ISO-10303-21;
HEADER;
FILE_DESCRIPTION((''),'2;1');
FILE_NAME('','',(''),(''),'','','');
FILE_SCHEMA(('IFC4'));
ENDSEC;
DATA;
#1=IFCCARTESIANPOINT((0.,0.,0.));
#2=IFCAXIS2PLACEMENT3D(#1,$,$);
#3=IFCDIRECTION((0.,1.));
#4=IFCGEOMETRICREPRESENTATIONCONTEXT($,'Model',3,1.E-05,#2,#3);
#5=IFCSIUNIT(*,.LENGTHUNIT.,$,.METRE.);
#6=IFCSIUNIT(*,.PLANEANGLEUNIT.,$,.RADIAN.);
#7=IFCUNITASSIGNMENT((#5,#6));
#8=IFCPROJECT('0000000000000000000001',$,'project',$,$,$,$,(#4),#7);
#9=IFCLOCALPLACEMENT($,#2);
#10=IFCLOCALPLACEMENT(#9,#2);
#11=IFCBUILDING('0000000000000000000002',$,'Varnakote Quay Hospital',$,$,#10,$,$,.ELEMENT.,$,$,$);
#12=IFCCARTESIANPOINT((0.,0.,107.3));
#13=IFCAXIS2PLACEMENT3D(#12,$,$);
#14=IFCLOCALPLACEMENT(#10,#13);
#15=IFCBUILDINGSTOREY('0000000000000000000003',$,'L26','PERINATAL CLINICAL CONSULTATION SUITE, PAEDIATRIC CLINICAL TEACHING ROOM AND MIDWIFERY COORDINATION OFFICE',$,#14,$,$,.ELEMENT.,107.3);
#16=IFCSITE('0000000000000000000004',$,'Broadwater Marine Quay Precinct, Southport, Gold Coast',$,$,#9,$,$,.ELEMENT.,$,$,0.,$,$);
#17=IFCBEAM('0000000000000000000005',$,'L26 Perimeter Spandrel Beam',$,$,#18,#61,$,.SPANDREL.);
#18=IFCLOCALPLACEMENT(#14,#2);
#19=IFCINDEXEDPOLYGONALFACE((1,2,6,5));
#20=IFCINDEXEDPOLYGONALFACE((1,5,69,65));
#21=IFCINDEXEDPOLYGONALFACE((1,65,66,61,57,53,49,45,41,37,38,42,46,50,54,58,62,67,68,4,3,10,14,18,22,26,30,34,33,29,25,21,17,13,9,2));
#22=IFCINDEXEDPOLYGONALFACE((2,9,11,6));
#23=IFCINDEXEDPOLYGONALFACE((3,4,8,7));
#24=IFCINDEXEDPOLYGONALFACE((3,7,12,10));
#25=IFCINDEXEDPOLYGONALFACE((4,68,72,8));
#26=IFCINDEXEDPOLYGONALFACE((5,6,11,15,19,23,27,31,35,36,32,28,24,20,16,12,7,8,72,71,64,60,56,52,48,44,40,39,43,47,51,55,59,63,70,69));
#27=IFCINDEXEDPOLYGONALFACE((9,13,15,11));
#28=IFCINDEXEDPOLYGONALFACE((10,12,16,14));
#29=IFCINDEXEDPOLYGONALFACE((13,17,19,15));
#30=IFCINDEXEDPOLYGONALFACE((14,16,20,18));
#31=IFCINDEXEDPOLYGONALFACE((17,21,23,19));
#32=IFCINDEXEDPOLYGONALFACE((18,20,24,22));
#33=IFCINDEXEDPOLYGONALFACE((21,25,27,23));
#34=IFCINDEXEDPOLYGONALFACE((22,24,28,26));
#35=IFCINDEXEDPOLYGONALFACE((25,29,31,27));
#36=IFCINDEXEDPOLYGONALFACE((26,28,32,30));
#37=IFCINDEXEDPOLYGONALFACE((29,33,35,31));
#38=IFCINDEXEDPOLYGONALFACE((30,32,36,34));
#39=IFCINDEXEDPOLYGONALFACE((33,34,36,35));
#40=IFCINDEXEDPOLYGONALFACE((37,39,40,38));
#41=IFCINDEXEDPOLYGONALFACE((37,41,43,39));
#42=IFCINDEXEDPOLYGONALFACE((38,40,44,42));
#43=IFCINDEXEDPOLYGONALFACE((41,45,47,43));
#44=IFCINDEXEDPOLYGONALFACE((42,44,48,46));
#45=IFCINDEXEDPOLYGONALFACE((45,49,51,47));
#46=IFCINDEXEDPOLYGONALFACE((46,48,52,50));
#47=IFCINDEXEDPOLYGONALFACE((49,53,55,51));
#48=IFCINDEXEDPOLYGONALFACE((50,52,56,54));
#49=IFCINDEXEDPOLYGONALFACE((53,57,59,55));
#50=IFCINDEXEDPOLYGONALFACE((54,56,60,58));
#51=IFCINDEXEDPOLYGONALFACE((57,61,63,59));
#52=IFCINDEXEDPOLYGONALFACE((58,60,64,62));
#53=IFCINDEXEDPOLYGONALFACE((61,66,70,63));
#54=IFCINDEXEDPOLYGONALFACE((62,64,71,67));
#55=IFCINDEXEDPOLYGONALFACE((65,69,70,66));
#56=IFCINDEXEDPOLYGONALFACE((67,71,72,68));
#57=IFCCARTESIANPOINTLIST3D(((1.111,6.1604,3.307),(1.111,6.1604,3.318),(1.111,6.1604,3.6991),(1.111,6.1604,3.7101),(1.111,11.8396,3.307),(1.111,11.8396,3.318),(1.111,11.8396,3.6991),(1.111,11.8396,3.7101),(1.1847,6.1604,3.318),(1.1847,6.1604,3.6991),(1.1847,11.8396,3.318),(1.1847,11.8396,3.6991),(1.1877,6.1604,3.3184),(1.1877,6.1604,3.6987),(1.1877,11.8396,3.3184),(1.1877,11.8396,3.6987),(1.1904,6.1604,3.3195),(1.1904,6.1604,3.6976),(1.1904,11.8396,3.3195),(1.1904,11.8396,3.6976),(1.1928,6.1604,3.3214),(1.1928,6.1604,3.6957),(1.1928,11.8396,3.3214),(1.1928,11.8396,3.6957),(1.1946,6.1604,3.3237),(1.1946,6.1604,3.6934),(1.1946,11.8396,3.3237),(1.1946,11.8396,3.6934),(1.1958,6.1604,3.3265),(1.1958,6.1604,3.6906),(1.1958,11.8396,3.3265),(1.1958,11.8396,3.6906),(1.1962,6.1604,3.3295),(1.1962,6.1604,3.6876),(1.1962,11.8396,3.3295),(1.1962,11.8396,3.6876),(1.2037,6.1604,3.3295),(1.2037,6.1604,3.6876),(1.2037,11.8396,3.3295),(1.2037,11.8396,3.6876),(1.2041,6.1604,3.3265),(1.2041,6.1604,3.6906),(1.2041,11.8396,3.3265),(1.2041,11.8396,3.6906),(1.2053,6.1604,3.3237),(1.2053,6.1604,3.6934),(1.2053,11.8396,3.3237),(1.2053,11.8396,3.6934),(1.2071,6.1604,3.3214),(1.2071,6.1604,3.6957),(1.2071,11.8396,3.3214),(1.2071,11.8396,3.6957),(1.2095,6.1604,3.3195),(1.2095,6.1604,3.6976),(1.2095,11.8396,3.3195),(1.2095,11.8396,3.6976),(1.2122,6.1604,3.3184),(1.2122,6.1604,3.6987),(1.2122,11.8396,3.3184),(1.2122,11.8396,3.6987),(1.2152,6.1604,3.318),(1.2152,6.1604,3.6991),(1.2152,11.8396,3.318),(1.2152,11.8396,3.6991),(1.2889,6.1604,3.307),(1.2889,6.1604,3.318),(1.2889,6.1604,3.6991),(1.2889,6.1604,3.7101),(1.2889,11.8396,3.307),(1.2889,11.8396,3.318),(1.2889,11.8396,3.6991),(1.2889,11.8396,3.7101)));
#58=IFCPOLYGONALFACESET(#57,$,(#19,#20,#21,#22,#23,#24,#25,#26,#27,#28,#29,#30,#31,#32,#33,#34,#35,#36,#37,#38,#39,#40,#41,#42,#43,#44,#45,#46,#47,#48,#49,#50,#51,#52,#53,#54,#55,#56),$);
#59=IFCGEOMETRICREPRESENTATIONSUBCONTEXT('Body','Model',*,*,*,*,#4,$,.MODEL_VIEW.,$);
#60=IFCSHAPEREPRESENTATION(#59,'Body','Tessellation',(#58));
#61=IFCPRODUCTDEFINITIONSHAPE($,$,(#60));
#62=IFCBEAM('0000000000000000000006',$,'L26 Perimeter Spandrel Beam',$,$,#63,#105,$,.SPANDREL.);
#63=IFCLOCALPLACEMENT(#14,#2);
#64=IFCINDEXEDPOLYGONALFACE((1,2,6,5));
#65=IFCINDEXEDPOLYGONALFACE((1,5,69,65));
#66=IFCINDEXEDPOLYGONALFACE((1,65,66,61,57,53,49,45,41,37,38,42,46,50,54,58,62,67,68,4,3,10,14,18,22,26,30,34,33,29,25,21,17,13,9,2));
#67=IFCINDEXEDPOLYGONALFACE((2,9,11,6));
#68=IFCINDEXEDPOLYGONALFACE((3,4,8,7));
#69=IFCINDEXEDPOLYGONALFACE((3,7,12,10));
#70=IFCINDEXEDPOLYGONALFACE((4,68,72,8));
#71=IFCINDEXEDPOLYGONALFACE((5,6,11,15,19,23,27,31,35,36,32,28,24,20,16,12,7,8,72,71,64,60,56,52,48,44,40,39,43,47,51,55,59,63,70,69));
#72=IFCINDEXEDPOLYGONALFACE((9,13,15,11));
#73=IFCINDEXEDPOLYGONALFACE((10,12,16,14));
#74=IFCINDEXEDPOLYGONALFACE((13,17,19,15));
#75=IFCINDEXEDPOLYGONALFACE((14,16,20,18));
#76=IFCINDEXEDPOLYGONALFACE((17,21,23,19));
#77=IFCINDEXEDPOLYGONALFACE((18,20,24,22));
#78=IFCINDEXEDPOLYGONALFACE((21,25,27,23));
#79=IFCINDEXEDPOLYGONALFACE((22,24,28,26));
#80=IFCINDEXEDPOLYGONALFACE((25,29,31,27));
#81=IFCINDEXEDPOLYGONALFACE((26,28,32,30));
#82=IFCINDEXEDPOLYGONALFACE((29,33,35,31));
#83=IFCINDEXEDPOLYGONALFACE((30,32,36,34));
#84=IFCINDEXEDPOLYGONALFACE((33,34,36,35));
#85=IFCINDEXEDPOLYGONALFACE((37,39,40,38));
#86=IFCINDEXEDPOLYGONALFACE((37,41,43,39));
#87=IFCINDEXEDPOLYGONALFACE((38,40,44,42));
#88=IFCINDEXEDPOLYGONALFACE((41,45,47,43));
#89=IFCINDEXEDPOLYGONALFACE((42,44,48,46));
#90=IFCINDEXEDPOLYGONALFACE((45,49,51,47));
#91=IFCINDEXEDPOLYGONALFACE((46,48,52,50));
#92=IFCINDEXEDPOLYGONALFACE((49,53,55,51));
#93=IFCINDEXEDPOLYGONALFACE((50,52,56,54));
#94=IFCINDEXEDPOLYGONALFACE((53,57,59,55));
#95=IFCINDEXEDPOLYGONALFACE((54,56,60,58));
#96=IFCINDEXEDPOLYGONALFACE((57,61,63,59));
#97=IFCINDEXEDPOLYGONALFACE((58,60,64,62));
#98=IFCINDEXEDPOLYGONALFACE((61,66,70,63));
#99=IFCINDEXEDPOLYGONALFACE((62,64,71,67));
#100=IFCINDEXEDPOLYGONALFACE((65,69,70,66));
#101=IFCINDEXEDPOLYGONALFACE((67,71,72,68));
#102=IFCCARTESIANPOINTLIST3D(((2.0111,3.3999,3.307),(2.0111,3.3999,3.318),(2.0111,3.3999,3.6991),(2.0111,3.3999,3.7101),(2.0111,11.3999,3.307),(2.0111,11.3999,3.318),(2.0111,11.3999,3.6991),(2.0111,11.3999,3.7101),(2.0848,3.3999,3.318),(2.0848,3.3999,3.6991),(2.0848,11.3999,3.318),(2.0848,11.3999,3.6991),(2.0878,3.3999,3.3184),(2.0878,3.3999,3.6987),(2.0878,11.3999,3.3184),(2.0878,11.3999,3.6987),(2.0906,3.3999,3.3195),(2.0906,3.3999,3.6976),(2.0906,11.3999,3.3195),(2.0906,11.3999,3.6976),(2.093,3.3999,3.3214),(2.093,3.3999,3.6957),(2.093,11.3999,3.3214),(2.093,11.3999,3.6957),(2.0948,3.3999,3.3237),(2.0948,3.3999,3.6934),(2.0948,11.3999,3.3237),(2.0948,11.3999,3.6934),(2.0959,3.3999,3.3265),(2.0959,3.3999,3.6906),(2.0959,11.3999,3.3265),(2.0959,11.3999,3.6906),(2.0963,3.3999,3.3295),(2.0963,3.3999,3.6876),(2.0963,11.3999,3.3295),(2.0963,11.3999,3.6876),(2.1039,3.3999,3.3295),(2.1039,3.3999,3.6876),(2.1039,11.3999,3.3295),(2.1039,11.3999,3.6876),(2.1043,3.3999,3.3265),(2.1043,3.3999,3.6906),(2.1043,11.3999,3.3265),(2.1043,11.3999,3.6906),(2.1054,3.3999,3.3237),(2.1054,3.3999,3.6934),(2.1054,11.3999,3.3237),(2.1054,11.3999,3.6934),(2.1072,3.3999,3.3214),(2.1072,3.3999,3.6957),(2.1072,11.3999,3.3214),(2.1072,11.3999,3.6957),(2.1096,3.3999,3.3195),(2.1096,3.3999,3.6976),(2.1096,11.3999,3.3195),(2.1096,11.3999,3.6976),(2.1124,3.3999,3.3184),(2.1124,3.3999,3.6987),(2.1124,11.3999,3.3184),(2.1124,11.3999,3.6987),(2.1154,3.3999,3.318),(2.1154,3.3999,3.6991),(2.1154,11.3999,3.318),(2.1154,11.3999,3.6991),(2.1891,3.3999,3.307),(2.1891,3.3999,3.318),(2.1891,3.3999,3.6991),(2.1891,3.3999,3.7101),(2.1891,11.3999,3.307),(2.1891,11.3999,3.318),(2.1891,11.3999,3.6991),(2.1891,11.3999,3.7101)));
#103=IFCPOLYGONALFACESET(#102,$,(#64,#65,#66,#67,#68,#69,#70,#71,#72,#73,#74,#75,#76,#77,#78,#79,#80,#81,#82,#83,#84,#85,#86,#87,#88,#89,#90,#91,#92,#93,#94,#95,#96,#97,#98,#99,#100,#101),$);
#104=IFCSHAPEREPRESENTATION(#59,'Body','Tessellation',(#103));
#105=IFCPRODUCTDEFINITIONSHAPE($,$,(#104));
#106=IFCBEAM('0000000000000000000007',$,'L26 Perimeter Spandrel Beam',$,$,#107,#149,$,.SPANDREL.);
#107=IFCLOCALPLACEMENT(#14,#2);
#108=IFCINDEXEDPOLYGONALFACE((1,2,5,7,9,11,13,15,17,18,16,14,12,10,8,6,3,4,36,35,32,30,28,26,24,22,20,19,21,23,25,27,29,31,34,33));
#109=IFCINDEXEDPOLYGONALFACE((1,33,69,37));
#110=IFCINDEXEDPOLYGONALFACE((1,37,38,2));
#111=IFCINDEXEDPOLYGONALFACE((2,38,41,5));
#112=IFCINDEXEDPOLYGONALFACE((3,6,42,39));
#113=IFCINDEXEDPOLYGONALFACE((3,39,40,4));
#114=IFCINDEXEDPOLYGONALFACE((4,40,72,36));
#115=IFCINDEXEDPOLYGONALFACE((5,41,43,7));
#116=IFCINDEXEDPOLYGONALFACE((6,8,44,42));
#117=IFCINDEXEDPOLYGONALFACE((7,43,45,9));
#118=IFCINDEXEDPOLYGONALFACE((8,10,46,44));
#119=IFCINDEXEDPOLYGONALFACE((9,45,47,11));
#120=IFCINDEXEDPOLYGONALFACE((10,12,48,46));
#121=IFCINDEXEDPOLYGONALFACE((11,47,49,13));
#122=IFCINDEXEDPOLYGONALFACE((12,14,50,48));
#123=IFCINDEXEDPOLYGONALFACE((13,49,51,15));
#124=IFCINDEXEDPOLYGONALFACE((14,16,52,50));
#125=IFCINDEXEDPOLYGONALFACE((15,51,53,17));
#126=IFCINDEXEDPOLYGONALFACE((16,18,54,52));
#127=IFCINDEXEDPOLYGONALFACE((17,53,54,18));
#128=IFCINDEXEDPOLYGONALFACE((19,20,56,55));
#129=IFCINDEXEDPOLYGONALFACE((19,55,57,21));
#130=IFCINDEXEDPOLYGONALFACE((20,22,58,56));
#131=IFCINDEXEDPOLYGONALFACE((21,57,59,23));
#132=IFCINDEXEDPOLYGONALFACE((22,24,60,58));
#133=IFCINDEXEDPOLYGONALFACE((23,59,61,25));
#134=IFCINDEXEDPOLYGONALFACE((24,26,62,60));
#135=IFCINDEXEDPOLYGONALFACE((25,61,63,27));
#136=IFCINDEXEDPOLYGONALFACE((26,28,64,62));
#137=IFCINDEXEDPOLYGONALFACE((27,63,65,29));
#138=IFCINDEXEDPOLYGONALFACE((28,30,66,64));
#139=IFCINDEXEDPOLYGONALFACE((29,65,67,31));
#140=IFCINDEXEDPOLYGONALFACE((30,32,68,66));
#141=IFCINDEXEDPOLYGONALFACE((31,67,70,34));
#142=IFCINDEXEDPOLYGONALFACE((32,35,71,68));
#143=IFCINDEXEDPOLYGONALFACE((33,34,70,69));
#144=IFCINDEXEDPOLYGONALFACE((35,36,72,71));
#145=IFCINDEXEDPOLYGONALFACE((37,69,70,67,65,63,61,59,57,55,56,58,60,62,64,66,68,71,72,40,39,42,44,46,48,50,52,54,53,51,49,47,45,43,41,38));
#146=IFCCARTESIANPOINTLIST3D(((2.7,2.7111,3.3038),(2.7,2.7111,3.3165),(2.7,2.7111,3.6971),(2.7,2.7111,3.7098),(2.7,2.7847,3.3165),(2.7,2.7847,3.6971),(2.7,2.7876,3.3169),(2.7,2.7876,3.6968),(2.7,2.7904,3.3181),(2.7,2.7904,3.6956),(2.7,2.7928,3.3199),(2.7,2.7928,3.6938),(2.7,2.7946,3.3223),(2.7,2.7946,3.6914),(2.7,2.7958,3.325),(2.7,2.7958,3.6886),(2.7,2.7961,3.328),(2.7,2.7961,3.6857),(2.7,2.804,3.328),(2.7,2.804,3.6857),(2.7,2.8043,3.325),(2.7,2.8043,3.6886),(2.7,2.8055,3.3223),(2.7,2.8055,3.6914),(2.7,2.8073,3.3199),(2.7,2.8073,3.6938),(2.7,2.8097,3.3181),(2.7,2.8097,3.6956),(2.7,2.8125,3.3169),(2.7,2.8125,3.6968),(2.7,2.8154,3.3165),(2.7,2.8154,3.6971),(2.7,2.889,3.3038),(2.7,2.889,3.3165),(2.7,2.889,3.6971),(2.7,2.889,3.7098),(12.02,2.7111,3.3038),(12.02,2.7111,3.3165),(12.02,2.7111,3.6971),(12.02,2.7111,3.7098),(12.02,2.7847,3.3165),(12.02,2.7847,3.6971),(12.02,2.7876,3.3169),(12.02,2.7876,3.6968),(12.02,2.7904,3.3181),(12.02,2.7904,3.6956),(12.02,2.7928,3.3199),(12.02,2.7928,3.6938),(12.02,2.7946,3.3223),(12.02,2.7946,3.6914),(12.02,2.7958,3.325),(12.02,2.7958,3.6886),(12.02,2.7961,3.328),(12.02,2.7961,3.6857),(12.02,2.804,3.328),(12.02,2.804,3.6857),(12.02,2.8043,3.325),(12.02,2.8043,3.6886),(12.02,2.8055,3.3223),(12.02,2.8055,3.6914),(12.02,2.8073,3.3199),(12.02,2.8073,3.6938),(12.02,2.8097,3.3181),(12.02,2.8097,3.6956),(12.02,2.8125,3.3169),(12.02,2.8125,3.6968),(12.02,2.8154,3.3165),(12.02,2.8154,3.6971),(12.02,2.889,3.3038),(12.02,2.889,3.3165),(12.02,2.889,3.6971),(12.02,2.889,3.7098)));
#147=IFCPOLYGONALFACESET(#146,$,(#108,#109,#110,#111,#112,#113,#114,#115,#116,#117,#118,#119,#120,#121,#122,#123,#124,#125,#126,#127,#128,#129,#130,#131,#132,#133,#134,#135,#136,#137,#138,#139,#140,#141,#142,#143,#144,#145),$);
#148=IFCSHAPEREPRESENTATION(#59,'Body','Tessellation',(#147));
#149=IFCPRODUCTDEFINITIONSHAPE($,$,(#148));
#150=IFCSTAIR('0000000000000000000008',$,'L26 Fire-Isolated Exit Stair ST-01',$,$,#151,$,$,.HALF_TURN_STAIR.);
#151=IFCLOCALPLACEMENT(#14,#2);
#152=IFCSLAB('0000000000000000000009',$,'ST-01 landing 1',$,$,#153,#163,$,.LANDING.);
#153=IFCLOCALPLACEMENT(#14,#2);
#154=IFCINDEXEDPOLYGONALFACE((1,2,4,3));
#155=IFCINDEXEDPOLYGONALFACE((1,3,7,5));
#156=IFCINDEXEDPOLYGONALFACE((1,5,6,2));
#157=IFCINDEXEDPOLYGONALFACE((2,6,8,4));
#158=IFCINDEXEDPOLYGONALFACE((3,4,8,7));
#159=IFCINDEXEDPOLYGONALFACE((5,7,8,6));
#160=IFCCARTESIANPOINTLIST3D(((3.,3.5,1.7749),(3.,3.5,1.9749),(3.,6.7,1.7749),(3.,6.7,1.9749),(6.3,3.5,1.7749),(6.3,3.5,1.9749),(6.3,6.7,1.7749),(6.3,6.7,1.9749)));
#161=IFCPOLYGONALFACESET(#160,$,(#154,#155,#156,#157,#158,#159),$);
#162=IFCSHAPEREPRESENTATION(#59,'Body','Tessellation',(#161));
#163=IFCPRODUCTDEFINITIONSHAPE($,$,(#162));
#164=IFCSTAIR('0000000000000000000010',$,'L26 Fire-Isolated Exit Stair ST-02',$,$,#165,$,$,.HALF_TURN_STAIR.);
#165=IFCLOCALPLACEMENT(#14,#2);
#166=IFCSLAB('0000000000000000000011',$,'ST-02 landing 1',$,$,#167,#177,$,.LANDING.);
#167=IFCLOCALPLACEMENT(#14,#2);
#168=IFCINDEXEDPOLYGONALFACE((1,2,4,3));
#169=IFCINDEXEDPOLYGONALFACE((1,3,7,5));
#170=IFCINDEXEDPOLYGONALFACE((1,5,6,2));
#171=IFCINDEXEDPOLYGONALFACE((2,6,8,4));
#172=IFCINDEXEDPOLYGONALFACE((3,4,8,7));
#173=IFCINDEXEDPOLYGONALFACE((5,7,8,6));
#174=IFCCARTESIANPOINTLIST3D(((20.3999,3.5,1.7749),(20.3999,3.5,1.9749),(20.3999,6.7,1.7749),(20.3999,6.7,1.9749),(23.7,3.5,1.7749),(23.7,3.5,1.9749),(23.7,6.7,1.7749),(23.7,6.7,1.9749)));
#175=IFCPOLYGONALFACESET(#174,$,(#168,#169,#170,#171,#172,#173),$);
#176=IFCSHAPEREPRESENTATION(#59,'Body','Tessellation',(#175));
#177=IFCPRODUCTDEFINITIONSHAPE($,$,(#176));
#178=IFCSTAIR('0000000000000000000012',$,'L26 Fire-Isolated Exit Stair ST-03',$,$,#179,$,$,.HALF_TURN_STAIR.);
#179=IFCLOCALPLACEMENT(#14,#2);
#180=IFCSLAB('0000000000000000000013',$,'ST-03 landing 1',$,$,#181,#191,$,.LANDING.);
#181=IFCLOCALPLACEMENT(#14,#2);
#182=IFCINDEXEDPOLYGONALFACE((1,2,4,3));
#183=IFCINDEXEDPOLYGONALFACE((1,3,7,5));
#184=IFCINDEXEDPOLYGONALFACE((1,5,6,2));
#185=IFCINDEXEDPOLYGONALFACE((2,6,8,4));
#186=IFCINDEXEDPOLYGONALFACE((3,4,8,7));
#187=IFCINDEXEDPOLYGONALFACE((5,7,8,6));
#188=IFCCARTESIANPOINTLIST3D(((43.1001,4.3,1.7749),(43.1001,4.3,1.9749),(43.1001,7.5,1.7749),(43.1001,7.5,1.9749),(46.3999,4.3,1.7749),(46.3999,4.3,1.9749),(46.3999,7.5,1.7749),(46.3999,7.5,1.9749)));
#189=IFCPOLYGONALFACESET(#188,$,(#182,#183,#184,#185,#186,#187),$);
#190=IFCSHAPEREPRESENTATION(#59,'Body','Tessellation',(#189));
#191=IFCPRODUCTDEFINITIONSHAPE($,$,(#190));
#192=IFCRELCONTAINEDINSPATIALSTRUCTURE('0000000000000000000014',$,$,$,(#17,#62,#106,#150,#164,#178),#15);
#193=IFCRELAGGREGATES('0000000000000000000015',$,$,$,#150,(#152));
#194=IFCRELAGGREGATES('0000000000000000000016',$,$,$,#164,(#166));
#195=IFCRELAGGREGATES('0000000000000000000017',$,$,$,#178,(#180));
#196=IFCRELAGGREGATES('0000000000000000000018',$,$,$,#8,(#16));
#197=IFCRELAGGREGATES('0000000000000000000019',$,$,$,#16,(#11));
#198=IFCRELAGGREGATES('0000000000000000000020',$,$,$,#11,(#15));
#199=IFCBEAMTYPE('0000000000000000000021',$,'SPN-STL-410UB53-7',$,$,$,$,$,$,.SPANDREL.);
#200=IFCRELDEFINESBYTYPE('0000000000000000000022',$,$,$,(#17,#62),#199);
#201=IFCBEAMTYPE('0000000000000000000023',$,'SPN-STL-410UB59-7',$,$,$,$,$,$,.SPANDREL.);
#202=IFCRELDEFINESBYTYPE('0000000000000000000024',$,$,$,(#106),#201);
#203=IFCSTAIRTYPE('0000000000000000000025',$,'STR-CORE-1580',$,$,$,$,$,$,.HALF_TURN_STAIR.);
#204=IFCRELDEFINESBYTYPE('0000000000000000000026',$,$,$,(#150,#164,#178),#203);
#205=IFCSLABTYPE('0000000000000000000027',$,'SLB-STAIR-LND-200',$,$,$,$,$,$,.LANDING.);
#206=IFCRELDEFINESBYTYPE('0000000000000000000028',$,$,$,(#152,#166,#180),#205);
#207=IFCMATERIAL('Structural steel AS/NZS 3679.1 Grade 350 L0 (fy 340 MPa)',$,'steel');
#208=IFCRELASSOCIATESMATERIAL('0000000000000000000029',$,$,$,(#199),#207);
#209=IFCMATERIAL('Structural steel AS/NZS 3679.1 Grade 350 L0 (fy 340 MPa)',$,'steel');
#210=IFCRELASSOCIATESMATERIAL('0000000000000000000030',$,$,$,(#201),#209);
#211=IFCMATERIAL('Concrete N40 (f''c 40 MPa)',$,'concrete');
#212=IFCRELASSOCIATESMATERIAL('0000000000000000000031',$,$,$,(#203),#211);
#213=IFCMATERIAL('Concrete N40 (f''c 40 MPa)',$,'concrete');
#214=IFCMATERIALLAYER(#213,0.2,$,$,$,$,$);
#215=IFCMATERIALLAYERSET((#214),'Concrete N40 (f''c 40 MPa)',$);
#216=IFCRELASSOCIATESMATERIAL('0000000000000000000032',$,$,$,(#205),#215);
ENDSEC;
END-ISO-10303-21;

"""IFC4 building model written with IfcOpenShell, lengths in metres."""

from ifc_helpers import new_model, si_unit, direction, frame, origin, origin_2d, place, context, subcontext, project, spatial, polyline, i_section, outline, extrude, material, layer, layer_set, material_profile, profile_set, type_object, element, aggregate, save


model = new_model("IFC4")

# Units and contexts
model_context = context("Model", 3, precision=1e-05, world=origin(), true_north=direction((0.0, 1.0)))
body_context = subcontext(model_context, "Body", "Model", "MODEL_VIEW")
ifc_project = project(units=[si_unit("LENGTHUNIT", "METRE"), si_unit("PLANEANGLEUNIT", "RADIAN")], contexts=[model_context])

# Site, building, storey
site_placement = place(None, origin())
site = spatial("IfcSite", under=ifc_project, at=site_placement, Name="Broadwater Marine Quay Precinct, Southport, Gold Coast", CompositionType="ELEMENT", RefElevation=0.0)
building_placement = place(site_placement, origin())
building = spatial("IfcBuilding", under=site, at=building_placement, Name="Varnakote Quay Hospital", CompositionType="ELEMENT")
storey_placement = place(building_placement, frame((0.0, 0.0, 107.3)))
storey = spatial("IfcBuildingStorey", under=building, at=storey_placement, Name="L26", Description="PERINATAL CLINICAL CONSULTATION SUITE, PAEDIATRIC CLINICAL TEACHING ROOM AND MIDWIFERY COORDINATION OFFICE", CompositionType="ELEMENT", Elevation=107.3)

# Beams
ifc_material_1 = material(Name="Structural steel AS/NZS 3679.1 Grade 350 L0 (fy 340 MPa)", Category="steel")
ifc_material_profile_1 = material_profile(ifc_material_1, i_section(OverallWidth=0.178, OverallDepth=0.4031, WebThickness=0.0076, FlangeThickness=0.011, FilletRadius=0.0115, at=origin_2d()), Name="410UB53.7")
ifc_profile_set_1 = profile_set([ifc_material_profile_1], Name="Structural steel AS/NZS 3679.1 Grade 350 L0 (fy 340 MPa)")
beam_type_1 = type_object("IfcBeamType", Name="SPN-STL-410UB53-7", PredefinedType="SPANDREL", material=ifc_profile_set_1)
beam_1_placement = place(storey_placement, frame((1.2, 6.1604, 3.5085), z_axis=(0.0, 1.0, 0.0), x_axis=(-1.0, 0.0, 0.0)))
element("IfcBeam", 1, at=beam_1_placement, inside=storey, type_object=beam_type_1, Name="L26 Perimeter Spandrel Beam", PredefinedType="SPANDREL", context=body_context, shape_type="SweptSolid", body=[
    extrude(i_section(OverallWidth=0.178, OverallDepth=0.4031, WebThickness=0.0076, FlangeThickness=0.011, FilletRadius=0.0115, at=origin_2d()), origin(), (0.0, 0.0, 1.0), 5.6792),
])
beam_2_placement = place(storey_placement, frame((2.1001, 3.3999, 3.5085), z_axis=(0.0, 1.0, 0.0), x_axis=(-1.0, 0.0, 0.0)))
element("IfcBeam", 2, at=beam_2_placement, inside=storey, type_object=beam_type_1, Name="L26 Perimeter Spandrel Beam", PredefinedType="SPANDREL", context=body_context, shape_type="SweptSolid", body=[
    extrude(i_section(OverallWidth=0.178, OverallDepth=0.4031, WebThickness=0.0076, FlangeThickness=0.011, FilletRadius=0.0115, at=origin_2d()), origin(), (0.0, 0.0, 1.0), 8.0),
])
ifc_material_2 = material(Name="Structural steel AS/NZS 3679.1 Grade 350 L0 (fy 340 MPa)", Category="steel")
ifc_material_profile_2 = material_profile(ifc_material_2, i_section(OverallWidth=0.178, OverallDepth=0.406, WebThickness=0.0078, FlangeThickness=0.0127, FilletRadius=0.0115, at=origin_2d()), Name="410UB59.7")
ifc_profile_set_2 = profile_set([ifc_material_profile_2], Name="Structural steel AS/NZS 3679.1 Grade 350 L0 (fy 340 MPa)")
beam_type_2 = type_object("IfcBeamType", Name="SPN-STL-410UB59-7", PredefinedType="SPANDREL", material=ifc_profile_set_2)
beam_3_placement = place(storey_placement, frame((2.7, 2.8, 3.5068), z_axis=(1.0, 0.0, 0.0), x_axis=(0.0, 1.0, 0.0)))
element("IfcBeam", 3, at=beam_3_placement, inside=storey, type_object=beam_type_2, Name="L26 Perimeter Spandrel Beam", PredefinedType="SPANDREL", context=body_context, shape_type="SweptSolid", body=[
    extrude(i_section(OverallWidth=0.178, OverallDepth=0.406, WebThickness=0.0078, FlangeThickness=0.0127, FilletRadius=0.0115, at=origin_2d()), origin(), (0.0, 0.0, 1.0), 9.3201),
])

# Stairs, slabs
ifc_material_3 = material(Name="Concrete N40 (f'c 40 MPa)", Category="concrete")
stair_type = type_object("IfcStairType", Name="STR-CORE-1580", PredefinedType="HALF_TURN_STAIR", material=ifc_material_3)
stair_1_placement = place(storey_placement, origin())
stair_1 = element("IfcStair", 4, at=stair_1_placement, inside=storey, type_object=stair_type, Name="L26 Fire-Isolated Exit Stair ST-01", PredefinedType="HALF_TURN_STAIR")
ifc_material_4 = material(Name="Concrete N40 (f'c 40 MPa)", Category="concrete")
ifc_layer_1 = layer(ifc_material_4, 0.2)
ifc_layer_set_1 = layer_set([ifc_layer_1], Name="Concrete N40 (f'c 40 MPa)")
slab_type_1 = type_object("IfcSlabType", Name="SLB-STAIR-LND-200", PredefinedType="LANDING", material=ifc_layer_set_1)
slab_1_placement = place(storey_placement, frame((0.0, 0.0, 1.7749)))
slab_1 = element("IfcSlab", 5, at=slab_1_placement, type_object=slab_type_1, Name="ST-01 landing 1", PredefinedType="LANDING", context=body_context, shape_type="SweptSolid", body=[
    extrude(outline(polyline([(3.0, 6.7), (3.0, 3.5), (6.3, 3.5), (6.3, 6.7), (3.0, 6.7)])), origin(), (0.0, 0.0, 1.0), 0.2),
])
aggregate(stair_1, [slab_1])
stair_2_placement = place(storey_placement, origin())
stair_2 = element("IfcStair", 6, at=stair_2_placement, inside=storey, type_object=stair_type, Name="L26 Fire-Isolated Exit Stair ST-02", PredefinedType="HALF_TURN_STAIR")
slab_2_placement = place(storey_placement, frame((0.0, 0.0, 1.7749)))
slab_2 = element("IfcSlab", 7, at=slab_2_placement, type_object=slab_type_1, Name="ST-02 landing 1", PredefinedType="LANDING", context=body_context, shape_type="SweptSolid", body=[
    extrude(outline(polyline([(20.3999, 6.7), (20.3999, 3.5), (23.7, 3.5), (23.7, 6.7), (20.3999, 6.7)])), origin(), (0.0, 0.0, 1.0), 0.2),
])
aggregate(stair_2, [slab_2])
stair_3_placement = place(storey_placement, origin())
stair_3 = element("IfcStair", 8, at=stair_3_placement, inside=storey, type_object=stair_type, Name="L26 Fire-Isolated Exit Stair ST-03", PredefinedType="HALF_TURN_STAIR")
slab_3_placement = place(storey_placement, frame((0.0, 0.0, 1.7749)))
slab_3 = element("IfcSlab", 9, at=slab_3_placement, type_object=slab_type_1, Name="ST-03 landing 1", PredefinedType="LANDING", context=body_context, shape_type="SweptSolid", body=[
    extrude(outline(polyline([(43.1001, 7.5), (43.1001, 4.3), (46.3999, 4.3), (46.3999, 7.5), (43.1001, 7.5)])), origin(), (0.0, 0.0, 1.0), 0.2),
])
aggregate(stair_3, [slab_3])

save(model, "model.ifc")
